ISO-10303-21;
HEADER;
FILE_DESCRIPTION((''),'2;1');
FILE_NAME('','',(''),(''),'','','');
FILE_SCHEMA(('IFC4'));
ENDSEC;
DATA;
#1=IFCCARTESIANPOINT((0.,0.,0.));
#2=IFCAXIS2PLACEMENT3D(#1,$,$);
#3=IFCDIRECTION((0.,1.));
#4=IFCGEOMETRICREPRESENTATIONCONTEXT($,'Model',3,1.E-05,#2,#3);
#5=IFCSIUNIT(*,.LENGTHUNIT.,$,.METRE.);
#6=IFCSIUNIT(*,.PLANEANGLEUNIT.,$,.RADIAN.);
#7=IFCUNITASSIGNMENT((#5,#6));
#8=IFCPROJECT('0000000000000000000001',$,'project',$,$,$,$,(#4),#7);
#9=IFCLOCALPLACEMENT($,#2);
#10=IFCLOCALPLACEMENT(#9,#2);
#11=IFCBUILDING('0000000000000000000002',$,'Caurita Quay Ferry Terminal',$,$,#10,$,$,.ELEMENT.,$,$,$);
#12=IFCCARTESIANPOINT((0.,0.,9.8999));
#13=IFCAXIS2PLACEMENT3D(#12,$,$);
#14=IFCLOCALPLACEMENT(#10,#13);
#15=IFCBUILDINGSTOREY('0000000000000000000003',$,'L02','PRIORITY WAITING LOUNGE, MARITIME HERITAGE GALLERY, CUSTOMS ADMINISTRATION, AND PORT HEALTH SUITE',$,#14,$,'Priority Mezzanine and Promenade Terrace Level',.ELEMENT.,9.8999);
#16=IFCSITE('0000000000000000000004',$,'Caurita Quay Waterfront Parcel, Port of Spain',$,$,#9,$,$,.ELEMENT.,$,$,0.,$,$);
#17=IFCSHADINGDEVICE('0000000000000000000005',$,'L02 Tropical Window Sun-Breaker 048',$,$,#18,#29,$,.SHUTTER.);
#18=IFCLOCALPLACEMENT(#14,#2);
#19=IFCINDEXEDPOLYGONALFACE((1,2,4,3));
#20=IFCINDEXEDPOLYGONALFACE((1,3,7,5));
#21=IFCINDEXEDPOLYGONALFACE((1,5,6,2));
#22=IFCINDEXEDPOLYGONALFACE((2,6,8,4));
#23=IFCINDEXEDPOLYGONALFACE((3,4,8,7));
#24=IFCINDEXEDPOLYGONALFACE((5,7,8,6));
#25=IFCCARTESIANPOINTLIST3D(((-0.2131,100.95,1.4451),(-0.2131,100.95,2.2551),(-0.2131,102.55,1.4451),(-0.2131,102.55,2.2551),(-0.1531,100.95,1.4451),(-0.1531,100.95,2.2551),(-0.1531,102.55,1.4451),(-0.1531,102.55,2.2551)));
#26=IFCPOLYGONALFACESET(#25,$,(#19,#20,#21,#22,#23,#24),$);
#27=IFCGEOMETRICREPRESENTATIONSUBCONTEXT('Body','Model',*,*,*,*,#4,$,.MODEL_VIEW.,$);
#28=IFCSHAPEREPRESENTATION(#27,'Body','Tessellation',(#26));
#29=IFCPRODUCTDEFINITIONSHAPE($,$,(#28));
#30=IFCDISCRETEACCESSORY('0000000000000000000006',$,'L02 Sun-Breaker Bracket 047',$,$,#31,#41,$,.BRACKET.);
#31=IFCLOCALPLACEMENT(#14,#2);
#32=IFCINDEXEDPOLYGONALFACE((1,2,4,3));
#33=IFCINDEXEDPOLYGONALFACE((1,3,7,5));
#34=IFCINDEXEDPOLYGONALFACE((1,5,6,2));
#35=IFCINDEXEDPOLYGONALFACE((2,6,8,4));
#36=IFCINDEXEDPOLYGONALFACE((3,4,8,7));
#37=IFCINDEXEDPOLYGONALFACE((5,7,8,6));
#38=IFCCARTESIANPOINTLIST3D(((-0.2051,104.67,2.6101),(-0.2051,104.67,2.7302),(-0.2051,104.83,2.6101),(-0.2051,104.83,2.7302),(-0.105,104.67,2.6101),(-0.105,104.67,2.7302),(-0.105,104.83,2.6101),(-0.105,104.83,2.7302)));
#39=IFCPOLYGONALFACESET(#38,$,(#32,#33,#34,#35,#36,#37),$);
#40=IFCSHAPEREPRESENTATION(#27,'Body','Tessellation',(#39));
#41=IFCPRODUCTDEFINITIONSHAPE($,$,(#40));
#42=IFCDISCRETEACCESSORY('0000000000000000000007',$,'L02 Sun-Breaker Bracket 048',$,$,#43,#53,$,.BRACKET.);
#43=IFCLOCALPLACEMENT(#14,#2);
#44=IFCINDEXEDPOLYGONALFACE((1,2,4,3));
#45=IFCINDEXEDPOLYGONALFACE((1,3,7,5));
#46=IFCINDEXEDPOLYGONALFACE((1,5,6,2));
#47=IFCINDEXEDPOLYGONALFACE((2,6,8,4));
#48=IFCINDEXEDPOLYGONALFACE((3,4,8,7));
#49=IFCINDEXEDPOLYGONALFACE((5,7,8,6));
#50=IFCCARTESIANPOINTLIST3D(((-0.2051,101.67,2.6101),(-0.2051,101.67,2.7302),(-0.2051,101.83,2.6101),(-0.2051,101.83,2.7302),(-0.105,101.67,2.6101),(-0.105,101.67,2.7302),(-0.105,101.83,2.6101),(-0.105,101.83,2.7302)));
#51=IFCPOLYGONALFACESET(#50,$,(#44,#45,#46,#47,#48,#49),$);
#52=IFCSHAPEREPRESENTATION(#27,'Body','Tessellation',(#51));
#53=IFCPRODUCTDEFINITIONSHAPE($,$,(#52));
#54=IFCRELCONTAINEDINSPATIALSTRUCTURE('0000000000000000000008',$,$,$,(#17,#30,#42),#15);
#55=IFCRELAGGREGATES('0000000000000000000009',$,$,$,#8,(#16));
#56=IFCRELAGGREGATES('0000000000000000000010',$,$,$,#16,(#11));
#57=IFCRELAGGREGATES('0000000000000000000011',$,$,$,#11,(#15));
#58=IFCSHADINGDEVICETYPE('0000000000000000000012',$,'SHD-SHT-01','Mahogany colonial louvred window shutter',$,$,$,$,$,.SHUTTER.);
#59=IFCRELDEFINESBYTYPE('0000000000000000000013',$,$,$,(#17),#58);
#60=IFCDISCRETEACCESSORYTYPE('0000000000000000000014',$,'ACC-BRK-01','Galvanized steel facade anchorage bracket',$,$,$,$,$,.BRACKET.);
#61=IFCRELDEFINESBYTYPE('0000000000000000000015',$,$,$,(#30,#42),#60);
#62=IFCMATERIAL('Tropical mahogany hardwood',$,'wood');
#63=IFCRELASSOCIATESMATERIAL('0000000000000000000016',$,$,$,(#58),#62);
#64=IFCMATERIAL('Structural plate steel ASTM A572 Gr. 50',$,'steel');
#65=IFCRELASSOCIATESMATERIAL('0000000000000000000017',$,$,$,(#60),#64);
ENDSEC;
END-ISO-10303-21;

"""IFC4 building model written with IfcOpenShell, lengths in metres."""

from ifc_helpers import new_model, si_unit, direction, frame, origin, origin_2d, place, context, subcontext, project, spatial, rectangle, extrude, material, type_object, element, save


model = new_model("IFC4")

# Units and contexts
model_context = context("Model", 3, precision=1e-05, world=origin(), true_north=direction((0.0, 1.0)))
body_context = subcontext(model_context, "Body", "Model", "MODEL_VIEW")
ifc_project = project(units=[si_unit("LENGTHUNIT", "METRE"), si_unit("PLANEANGLEUNIT", "RADIAN")], contexts=[model_context])

# Site, building, storey
site_placement = place(None, origin())
site = spatial("IfcSite", under=ifc_project, at=site_placement, Name="Caurita Quay Waterfront Parcel, Port of Spain", CompositionType="ELEMENT", RefElevation=0.0)
building_placement = place(site_placement, origin())
building = spatial("IfcBuilding", under=site, at=building_placement, Name="Caurita Quay Ferry Terminal", CompositionType="ELEMENT")
storey_placement = place(building_placement, frame((0.0, 0.0, 9.8999)))
storey = spatial("IfcBuildingStorey", under=building, at=storey_placement, Name="L02", Description="PRIORITY WAITING LOUNGE, MARITIME HERITAGE GALLERY, CUSTOMS ADMINISTRATION, AND PORT HEALTH SUITE", LongName="Priority Mezzanine and Promenade Terrace Level", CompositionType="ELEMENT", Elevation=9.8999)

# Shading device
ifc_material_1 = material(Name="Tropical mahogany hardwood", Category="wood")
shading_device_type_1 = type_object("IfcShadingDeviceType", Name="SHD-SHT-01", Description="Mahogany colonial louvred window shutter", PredefinedType="SHUTTER", material=ifc_material_1)
shading_device_1_placement = place(storey_placement, frame((-0.1831, 101.75, 1.4451), z_axis=(0.0, 0.0, 1.0), x_axis=(0.0, -1.0, 0.0)))
element("IfcShadingDevice", 1, at=shading_device_1_placement, inside=storey, type_object=shading_device_type_1, Name="L02 Tropical Window Sun-Breaker 048", PredefinedType="SHUTTER", context=body_context, shape_type="SweptSolid", body=[
    extrude(rectangle(XDim=1.6001, YDim=0.0601, at=origin_2d()), origin(), (0.0, 0.0, 1.0), 0.8101),
])

# Discrete accessories
ifc_material_2 = material(Name="Structural plate steel ASTM A572 Gr. 50", Category="steel")
discrete_accessory_type = type_object("IfcDiscreteAccessoryType", Name="ACC-BRK-01", Description="Galvanized steel facade anchorage bracket", PredefinedType="BRACKET", material=ifc_material_2)
for number, where, z_axis, x_axis, name in (
    (2, (-0.155, 104.75, 2.6101), (0.0, 0.0, 1.0), (0.0, -1.0, 0.0), "L02 Sun-Breaker Bracket 047"),
    (3, (-0.155, 101.75, 2.6101), (0.0, 0.0, 1.0), (0.0, -1.0, 0.0), "L02 Sun-Breaker Bracket 048"),
):
    element("IfcDiscreteAccessory", number, at=place(storey_placement, frame(where, z_axis=z_axis, x_axis=x_axis)), inside=storey, type_object=discrete_accessory_type, Name=name, PredefinedType="BRACKET", context=body_context, shape_type="SweptSolid", body=[
        extrude(rectangle(XDim=0.1599, YDim=0.1001, at=origin_2d()), origin(), (0.0, 0.0, 1.0), 0.1201),
    ])

save(model, "model.ifc")
